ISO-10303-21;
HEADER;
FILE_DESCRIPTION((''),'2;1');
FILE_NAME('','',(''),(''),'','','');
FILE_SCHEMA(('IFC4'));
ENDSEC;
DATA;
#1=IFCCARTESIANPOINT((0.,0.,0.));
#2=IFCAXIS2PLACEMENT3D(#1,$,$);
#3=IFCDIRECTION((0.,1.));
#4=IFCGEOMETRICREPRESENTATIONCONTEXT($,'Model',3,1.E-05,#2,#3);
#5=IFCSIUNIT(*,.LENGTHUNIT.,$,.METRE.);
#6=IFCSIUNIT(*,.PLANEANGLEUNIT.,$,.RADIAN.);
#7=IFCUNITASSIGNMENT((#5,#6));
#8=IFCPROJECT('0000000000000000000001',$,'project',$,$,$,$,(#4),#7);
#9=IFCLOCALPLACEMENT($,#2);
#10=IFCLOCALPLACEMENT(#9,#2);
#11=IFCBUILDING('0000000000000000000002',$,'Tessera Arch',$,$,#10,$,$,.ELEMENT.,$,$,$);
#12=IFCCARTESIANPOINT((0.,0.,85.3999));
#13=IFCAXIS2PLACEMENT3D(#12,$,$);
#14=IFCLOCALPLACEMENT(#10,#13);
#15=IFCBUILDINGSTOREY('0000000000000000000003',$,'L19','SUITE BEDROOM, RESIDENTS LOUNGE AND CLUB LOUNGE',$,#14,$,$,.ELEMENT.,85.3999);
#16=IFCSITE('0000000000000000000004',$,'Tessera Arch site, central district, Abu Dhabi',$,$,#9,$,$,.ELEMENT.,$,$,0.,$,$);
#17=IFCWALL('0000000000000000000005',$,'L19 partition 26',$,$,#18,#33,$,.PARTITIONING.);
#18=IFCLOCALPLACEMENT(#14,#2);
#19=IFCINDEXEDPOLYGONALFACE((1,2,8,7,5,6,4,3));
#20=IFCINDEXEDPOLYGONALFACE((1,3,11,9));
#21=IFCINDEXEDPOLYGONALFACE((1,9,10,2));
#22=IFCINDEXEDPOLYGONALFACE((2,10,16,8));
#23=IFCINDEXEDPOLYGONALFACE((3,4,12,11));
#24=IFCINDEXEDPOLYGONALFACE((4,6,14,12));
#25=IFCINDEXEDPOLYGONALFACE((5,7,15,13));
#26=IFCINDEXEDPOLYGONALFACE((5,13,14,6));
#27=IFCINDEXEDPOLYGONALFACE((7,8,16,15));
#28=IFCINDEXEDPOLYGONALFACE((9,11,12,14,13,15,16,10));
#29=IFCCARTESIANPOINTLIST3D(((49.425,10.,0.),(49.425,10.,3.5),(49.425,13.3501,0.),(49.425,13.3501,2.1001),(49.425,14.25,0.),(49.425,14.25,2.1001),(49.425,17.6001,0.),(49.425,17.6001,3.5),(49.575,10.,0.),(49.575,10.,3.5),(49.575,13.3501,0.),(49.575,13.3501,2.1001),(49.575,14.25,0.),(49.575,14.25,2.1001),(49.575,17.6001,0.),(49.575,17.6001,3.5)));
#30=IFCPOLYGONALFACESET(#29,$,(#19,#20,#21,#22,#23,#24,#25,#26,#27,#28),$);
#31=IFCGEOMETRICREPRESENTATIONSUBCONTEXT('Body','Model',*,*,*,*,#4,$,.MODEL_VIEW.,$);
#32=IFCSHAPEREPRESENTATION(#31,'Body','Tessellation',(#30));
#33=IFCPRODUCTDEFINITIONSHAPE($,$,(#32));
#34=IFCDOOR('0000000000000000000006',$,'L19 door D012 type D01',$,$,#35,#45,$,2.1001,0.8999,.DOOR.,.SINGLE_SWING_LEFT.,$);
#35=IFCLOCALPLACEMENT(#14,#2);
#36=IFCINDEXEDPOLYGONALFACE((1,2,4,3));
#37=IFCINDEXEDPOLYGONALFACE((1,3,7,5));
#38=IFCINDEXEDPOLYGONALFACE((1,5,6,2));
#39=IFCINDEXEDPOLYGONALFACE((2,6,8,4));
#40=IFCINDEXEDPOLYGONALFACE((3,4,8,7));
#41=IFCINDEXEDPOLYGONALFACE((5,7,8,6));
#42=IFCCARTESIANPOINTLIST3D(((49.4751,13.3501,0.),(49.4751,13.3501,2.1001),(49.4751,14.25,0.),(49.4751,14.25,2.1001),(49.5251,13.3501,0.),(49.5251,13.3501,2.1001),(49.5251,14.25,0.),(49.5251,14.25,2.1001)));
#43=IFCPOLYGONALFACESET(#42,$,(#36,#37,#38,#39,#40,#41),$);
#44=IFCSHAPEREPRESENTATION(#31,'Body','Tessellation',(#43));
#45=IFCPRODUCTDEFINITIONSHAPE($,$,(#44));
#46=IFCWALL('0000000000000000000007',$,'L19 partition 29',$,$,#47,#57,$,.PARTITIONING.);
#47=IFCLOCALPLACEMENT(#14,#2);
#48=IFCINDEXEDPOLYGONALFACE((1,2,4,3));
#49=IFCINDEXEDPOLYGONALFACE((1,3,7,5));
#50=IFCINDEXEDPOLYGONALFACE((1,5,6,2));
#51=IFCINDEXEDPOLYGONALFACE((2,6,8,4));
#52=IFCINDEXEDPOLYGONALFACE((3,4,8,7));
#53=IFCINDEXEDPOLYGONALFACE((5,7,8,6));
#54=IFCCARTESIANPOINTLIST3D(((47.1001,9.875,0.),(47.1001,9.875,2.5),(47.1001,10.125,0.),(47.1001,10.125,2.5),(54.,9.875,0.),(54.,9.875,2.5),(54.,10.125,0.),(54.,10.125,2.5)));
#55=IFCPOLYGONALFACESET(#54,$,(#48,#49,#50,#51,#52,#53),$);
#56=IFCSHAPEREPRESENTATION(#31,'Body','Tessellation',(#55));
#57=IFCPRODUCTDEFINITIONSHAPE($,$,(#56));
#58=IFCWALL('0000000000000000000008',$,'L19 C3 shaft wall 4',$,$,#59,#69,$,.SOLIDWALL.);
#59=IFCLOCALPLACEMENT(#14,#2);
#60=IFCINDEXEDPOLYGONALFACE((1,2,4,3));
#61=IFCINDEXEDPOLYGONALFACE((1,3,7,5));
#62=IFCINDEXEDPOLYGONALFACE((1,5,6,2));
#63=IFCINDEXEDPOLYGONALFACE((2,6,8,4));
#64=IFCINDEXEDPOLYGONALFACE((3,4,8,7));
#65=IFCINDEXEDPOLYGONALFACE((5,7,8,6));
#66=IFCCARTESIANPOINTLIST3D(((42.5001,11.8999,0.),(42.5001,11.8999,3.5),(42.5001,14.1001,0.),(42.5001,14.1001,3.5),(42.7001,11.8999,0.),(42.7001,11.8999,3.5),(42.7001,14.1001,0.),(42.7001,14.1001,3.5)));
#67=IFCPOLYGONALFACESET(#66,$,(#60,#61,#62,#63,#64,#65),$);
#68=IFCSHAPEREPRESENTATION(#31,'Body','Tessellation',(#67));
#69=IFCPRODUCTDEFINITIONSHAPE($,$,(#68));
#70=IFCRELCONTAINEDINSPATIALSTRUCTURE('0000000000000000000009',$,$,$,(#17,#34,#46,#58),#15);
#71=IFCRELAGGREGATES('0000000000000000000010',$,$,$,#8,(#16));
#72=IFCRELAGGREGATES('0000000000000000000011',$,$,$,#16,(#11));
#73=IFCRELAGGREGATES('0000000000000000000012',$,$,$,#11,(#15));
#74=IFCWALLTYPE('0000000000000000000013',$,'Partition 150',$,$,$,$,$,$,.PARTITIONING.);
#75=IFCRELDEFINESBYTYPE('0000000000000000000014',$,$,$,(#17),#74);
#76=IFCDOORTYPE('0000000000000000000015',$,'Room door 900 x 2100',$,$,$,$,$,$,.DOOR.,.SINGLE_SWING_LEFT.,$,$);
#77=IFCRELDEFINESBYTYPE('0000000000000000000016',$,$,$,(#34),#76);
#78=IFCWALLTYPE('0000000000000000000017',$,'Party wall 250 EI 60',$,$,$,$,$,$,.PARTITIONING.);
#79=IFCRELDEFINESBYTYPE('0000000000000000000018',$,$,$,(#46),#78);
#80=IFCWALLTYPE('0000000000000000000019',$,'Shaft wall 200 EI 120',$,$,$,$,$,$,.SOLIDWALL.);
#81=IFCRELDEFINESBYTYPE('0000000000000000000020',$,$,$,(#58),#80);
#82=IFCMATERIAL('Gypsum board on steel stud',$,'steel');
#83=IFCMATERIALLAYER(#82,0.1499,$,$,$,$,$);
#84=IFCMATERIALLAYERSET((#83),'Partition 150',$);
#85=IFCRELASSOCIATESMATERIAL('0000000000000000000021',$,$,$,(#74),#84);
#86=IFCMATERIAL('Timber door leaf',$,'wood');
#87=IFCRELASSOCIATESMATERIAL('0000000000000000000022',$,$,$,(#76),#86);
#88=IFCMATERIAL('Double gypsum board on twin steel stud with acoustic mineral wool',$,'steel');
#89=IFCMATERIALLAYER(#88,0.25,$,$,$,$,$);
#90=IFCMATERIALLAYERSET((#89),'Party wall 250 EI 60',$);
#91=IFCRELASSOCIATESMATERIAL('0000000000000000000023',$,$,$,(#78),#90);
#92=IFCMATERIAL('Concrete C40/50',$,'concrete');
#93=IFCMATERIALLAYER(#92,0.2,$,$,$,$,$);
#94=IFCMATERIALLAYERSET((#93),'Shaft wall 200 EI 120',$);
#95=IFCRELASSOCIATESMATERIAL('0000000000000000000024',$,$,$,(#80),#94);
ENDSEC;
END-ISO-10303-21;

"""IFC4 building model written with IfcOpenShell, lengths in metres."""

from ifc_helpers import new_model, si_unit, direction, frame, frame_2d, origin, place, context, subcontext, project, spatial, rectangle, extrude, material, layer, layer_set, type_object, element, fill, save


model = new_model("IFC4")

# Units and contexts
model_context = context("Model", 3, precision=1e-05, world=origin(), true_north=direction((0.0, 1.0)))
body_context = subcontext(model_context, "Body", "Model", "MODEL_VIEW")
ifc_project = project(units=[si_unit("LENGTHUNIT", "METRE"), si_unit("PLANEANGLEUNIT", "RADIAN")], contexts=[model_context])

# Site, building, storey
site_placement = place(None, origin())
site = spatial("IfcSite", under=ifc_project, at=site_placement, Name="Tessera Arch site, central district, Abu Dhabi", CompositionType="ELEMENT", RefElevation=0.0)
building_placement = place(site_placement, origin())
building = spatial("IfcBuilding", under=site, at=building_placement, Name="Tessera Arch", CompositionType="ELEMENT")
storey_placement = place(building_placement, frame((0.0, 0.0, 85.3999)))
storey = spatial("IfcBuildingStorey", under=building, at=storey_placement, Name="L19", Description="SUITE BEDROOM, RESIDENTS LOUNGE AND CLUB LOUNGE", CompositionType="ELEMENT", Elevation=85.3999)

# Wall, opening, door
ifc_material_1 = material(Name="Gypsum board on steel stud", Category="steel")
ifc_layer_1 = layer(ifc_material_1, 0.1499)
ifc_layer_set_1 = layer_set([ifc_layer_1], Name="Partition 150")
wall_type_1 = type_object("IfcWallType", Name="Partition 150", PredefinedType="PARTITIONING", material=ifc_layer_set_1)
wall_1_placement = place(storey_placement, frame((49.5, 10.0, 0.0), z_axis=(0.0, 0.0, 1.0), x_axis=(0.0, 1.0, 0.0)))
wall_1 = element("IfcWall", 1, at=wall_1_placement, inside=storey, type_object=wall_type_1, Name="L19 partition 26", PredefinedType="PARTITIONING", context=body_context, shape_type="SweptSolid", body=[
    extrude(rectangle(XDim=7.6001, YDim=0.1499, at=frame_2d((3.8, 0.0))), origin(), (0.0, 0.0, 1.0), 3.5),
])
opening_1_placement = place(wall_1_placement, frame((3.3501, 0.0, 0.0)))
opening_1 = element("IfcOpeningElement", 2, at=opening_1_placement, cuts=wall_1, PredefinedType="OPENING", context=body_context, shape_type="SweptSolid", body=[
    extrude(rectangle(XDim=0.8999, YDim=2.1001, at=frame_2d((0.45, 1.05))), frame((0.0, 0.085, 0.0), z_axis=(0.0, -1.0, 0.0), x_axis=(1.0, 0.0, 0.0)), (0.0, 0.0, 1.0), 0.1699),
])
ifc_material_2 = material(Name="Timber door leaf", Category="wood")
door_type_1 = type_object("IfcDoorType", Name="Room door 900 x 2100", OperationType="SINGLE_SWING_LEFT", PredefinedType="DOOR", material=ifc_material_2)
door_1_placement = place(opening_1_placement, origin())
door_1 = element("IfcDoor", 3, at=door_1_placement, inside=storey, type_object=door_type_1, Name="L19 door D012 type D01", OperationType="SINGLE_SWING_LEFT", OverallHeight=2.1001, OverallWidth=0.8999, PredefinedType="DOOR", context=body_context, shape_type="SweptSolid", body=[
    extrude(rectangle(XDim=0.8999, YDim=2.1001, at=frame_2d((0.45, 1.05))), frame((0.0, 0.0249, 0.0), z_axis=(0.0, -1.0, 0.0), x_axis=(1.0, 0.0, 0.0)), (0.0, 0.0, 1.0), 0.05),
])
fill(opening_1, door_1)

# Walls
ifc_material_3 = material(Name="Double gypsum board on twin steel stud with acoustic mineral wool", Category="steel")
ifc_layer_2 = layer(ifc_material_3, 0.25)
ifc_layer_set_2 = layer_set([ifc_layer_2], Name="Party wall 250 EI 60")
wall_type_2 = type_object("IfcWallType", Name="Party wall 250 EI 60", PredefinedType="PARTITIONING", material=ifc_layer_set_2)
wall_2_placement = place(storey_placement, frame((47.1001, 10.0, 0.0), z_axis=(0.0, 0.0, 1.0), x_axis=(1.0, 0.0, 0.0)))
element("IfcWall", 4, at=wall_2_placement, inside=storey, type_object=wall_type_2, Name="L19 partition 29", PredefinedType="PARTITIONING", context=body_context, shape_type="SweptSolid", body=[
    extrude(rectangle(XDim=6.8999, YDim=0.25, at=frame_2d((3.45, 0.0))), origin(), (0.0, 0.0, 1.0), 2.5),
])
ifc_material_4 = material(Name="Concrete C40/50", Category="concrete")
ifc_layer_3 = layer(ifc_material_4, 0.2)
ifc_layer_set_3 = layer_set([ifc_layer_3], Name="Shaft wall 200 EI 120")
wall_type_3 = type_object("IfcWallType", Name="Shaft wall 200 EI 120", PredefinedType="SOLIDWALL", material=ifc_layer_set_3)
wall_3_placement = place(storey_placement, frame((42.6001, 11.8999, 0.0), z_axis=(0.0, 0.0, 1.0), x_axis=(0.0, 1.0, 0.0)))
element("IfcWall", 5, at=wall_3_placement, inside=storey, type_object=wall_type_3, Name="L19 C3 shaft wall 4", PredefinedType="SOLIDWALL", context=body_context, shape_type="SweptSolid", body=[
    extrude(rectangle(XDim=2.2002, YDim=0.2, at=frame_2d((1.1001, 0.0))), origin(), (0.0, 0.0, 1.0), 3.5),
])

save(model, "model.ifc")
